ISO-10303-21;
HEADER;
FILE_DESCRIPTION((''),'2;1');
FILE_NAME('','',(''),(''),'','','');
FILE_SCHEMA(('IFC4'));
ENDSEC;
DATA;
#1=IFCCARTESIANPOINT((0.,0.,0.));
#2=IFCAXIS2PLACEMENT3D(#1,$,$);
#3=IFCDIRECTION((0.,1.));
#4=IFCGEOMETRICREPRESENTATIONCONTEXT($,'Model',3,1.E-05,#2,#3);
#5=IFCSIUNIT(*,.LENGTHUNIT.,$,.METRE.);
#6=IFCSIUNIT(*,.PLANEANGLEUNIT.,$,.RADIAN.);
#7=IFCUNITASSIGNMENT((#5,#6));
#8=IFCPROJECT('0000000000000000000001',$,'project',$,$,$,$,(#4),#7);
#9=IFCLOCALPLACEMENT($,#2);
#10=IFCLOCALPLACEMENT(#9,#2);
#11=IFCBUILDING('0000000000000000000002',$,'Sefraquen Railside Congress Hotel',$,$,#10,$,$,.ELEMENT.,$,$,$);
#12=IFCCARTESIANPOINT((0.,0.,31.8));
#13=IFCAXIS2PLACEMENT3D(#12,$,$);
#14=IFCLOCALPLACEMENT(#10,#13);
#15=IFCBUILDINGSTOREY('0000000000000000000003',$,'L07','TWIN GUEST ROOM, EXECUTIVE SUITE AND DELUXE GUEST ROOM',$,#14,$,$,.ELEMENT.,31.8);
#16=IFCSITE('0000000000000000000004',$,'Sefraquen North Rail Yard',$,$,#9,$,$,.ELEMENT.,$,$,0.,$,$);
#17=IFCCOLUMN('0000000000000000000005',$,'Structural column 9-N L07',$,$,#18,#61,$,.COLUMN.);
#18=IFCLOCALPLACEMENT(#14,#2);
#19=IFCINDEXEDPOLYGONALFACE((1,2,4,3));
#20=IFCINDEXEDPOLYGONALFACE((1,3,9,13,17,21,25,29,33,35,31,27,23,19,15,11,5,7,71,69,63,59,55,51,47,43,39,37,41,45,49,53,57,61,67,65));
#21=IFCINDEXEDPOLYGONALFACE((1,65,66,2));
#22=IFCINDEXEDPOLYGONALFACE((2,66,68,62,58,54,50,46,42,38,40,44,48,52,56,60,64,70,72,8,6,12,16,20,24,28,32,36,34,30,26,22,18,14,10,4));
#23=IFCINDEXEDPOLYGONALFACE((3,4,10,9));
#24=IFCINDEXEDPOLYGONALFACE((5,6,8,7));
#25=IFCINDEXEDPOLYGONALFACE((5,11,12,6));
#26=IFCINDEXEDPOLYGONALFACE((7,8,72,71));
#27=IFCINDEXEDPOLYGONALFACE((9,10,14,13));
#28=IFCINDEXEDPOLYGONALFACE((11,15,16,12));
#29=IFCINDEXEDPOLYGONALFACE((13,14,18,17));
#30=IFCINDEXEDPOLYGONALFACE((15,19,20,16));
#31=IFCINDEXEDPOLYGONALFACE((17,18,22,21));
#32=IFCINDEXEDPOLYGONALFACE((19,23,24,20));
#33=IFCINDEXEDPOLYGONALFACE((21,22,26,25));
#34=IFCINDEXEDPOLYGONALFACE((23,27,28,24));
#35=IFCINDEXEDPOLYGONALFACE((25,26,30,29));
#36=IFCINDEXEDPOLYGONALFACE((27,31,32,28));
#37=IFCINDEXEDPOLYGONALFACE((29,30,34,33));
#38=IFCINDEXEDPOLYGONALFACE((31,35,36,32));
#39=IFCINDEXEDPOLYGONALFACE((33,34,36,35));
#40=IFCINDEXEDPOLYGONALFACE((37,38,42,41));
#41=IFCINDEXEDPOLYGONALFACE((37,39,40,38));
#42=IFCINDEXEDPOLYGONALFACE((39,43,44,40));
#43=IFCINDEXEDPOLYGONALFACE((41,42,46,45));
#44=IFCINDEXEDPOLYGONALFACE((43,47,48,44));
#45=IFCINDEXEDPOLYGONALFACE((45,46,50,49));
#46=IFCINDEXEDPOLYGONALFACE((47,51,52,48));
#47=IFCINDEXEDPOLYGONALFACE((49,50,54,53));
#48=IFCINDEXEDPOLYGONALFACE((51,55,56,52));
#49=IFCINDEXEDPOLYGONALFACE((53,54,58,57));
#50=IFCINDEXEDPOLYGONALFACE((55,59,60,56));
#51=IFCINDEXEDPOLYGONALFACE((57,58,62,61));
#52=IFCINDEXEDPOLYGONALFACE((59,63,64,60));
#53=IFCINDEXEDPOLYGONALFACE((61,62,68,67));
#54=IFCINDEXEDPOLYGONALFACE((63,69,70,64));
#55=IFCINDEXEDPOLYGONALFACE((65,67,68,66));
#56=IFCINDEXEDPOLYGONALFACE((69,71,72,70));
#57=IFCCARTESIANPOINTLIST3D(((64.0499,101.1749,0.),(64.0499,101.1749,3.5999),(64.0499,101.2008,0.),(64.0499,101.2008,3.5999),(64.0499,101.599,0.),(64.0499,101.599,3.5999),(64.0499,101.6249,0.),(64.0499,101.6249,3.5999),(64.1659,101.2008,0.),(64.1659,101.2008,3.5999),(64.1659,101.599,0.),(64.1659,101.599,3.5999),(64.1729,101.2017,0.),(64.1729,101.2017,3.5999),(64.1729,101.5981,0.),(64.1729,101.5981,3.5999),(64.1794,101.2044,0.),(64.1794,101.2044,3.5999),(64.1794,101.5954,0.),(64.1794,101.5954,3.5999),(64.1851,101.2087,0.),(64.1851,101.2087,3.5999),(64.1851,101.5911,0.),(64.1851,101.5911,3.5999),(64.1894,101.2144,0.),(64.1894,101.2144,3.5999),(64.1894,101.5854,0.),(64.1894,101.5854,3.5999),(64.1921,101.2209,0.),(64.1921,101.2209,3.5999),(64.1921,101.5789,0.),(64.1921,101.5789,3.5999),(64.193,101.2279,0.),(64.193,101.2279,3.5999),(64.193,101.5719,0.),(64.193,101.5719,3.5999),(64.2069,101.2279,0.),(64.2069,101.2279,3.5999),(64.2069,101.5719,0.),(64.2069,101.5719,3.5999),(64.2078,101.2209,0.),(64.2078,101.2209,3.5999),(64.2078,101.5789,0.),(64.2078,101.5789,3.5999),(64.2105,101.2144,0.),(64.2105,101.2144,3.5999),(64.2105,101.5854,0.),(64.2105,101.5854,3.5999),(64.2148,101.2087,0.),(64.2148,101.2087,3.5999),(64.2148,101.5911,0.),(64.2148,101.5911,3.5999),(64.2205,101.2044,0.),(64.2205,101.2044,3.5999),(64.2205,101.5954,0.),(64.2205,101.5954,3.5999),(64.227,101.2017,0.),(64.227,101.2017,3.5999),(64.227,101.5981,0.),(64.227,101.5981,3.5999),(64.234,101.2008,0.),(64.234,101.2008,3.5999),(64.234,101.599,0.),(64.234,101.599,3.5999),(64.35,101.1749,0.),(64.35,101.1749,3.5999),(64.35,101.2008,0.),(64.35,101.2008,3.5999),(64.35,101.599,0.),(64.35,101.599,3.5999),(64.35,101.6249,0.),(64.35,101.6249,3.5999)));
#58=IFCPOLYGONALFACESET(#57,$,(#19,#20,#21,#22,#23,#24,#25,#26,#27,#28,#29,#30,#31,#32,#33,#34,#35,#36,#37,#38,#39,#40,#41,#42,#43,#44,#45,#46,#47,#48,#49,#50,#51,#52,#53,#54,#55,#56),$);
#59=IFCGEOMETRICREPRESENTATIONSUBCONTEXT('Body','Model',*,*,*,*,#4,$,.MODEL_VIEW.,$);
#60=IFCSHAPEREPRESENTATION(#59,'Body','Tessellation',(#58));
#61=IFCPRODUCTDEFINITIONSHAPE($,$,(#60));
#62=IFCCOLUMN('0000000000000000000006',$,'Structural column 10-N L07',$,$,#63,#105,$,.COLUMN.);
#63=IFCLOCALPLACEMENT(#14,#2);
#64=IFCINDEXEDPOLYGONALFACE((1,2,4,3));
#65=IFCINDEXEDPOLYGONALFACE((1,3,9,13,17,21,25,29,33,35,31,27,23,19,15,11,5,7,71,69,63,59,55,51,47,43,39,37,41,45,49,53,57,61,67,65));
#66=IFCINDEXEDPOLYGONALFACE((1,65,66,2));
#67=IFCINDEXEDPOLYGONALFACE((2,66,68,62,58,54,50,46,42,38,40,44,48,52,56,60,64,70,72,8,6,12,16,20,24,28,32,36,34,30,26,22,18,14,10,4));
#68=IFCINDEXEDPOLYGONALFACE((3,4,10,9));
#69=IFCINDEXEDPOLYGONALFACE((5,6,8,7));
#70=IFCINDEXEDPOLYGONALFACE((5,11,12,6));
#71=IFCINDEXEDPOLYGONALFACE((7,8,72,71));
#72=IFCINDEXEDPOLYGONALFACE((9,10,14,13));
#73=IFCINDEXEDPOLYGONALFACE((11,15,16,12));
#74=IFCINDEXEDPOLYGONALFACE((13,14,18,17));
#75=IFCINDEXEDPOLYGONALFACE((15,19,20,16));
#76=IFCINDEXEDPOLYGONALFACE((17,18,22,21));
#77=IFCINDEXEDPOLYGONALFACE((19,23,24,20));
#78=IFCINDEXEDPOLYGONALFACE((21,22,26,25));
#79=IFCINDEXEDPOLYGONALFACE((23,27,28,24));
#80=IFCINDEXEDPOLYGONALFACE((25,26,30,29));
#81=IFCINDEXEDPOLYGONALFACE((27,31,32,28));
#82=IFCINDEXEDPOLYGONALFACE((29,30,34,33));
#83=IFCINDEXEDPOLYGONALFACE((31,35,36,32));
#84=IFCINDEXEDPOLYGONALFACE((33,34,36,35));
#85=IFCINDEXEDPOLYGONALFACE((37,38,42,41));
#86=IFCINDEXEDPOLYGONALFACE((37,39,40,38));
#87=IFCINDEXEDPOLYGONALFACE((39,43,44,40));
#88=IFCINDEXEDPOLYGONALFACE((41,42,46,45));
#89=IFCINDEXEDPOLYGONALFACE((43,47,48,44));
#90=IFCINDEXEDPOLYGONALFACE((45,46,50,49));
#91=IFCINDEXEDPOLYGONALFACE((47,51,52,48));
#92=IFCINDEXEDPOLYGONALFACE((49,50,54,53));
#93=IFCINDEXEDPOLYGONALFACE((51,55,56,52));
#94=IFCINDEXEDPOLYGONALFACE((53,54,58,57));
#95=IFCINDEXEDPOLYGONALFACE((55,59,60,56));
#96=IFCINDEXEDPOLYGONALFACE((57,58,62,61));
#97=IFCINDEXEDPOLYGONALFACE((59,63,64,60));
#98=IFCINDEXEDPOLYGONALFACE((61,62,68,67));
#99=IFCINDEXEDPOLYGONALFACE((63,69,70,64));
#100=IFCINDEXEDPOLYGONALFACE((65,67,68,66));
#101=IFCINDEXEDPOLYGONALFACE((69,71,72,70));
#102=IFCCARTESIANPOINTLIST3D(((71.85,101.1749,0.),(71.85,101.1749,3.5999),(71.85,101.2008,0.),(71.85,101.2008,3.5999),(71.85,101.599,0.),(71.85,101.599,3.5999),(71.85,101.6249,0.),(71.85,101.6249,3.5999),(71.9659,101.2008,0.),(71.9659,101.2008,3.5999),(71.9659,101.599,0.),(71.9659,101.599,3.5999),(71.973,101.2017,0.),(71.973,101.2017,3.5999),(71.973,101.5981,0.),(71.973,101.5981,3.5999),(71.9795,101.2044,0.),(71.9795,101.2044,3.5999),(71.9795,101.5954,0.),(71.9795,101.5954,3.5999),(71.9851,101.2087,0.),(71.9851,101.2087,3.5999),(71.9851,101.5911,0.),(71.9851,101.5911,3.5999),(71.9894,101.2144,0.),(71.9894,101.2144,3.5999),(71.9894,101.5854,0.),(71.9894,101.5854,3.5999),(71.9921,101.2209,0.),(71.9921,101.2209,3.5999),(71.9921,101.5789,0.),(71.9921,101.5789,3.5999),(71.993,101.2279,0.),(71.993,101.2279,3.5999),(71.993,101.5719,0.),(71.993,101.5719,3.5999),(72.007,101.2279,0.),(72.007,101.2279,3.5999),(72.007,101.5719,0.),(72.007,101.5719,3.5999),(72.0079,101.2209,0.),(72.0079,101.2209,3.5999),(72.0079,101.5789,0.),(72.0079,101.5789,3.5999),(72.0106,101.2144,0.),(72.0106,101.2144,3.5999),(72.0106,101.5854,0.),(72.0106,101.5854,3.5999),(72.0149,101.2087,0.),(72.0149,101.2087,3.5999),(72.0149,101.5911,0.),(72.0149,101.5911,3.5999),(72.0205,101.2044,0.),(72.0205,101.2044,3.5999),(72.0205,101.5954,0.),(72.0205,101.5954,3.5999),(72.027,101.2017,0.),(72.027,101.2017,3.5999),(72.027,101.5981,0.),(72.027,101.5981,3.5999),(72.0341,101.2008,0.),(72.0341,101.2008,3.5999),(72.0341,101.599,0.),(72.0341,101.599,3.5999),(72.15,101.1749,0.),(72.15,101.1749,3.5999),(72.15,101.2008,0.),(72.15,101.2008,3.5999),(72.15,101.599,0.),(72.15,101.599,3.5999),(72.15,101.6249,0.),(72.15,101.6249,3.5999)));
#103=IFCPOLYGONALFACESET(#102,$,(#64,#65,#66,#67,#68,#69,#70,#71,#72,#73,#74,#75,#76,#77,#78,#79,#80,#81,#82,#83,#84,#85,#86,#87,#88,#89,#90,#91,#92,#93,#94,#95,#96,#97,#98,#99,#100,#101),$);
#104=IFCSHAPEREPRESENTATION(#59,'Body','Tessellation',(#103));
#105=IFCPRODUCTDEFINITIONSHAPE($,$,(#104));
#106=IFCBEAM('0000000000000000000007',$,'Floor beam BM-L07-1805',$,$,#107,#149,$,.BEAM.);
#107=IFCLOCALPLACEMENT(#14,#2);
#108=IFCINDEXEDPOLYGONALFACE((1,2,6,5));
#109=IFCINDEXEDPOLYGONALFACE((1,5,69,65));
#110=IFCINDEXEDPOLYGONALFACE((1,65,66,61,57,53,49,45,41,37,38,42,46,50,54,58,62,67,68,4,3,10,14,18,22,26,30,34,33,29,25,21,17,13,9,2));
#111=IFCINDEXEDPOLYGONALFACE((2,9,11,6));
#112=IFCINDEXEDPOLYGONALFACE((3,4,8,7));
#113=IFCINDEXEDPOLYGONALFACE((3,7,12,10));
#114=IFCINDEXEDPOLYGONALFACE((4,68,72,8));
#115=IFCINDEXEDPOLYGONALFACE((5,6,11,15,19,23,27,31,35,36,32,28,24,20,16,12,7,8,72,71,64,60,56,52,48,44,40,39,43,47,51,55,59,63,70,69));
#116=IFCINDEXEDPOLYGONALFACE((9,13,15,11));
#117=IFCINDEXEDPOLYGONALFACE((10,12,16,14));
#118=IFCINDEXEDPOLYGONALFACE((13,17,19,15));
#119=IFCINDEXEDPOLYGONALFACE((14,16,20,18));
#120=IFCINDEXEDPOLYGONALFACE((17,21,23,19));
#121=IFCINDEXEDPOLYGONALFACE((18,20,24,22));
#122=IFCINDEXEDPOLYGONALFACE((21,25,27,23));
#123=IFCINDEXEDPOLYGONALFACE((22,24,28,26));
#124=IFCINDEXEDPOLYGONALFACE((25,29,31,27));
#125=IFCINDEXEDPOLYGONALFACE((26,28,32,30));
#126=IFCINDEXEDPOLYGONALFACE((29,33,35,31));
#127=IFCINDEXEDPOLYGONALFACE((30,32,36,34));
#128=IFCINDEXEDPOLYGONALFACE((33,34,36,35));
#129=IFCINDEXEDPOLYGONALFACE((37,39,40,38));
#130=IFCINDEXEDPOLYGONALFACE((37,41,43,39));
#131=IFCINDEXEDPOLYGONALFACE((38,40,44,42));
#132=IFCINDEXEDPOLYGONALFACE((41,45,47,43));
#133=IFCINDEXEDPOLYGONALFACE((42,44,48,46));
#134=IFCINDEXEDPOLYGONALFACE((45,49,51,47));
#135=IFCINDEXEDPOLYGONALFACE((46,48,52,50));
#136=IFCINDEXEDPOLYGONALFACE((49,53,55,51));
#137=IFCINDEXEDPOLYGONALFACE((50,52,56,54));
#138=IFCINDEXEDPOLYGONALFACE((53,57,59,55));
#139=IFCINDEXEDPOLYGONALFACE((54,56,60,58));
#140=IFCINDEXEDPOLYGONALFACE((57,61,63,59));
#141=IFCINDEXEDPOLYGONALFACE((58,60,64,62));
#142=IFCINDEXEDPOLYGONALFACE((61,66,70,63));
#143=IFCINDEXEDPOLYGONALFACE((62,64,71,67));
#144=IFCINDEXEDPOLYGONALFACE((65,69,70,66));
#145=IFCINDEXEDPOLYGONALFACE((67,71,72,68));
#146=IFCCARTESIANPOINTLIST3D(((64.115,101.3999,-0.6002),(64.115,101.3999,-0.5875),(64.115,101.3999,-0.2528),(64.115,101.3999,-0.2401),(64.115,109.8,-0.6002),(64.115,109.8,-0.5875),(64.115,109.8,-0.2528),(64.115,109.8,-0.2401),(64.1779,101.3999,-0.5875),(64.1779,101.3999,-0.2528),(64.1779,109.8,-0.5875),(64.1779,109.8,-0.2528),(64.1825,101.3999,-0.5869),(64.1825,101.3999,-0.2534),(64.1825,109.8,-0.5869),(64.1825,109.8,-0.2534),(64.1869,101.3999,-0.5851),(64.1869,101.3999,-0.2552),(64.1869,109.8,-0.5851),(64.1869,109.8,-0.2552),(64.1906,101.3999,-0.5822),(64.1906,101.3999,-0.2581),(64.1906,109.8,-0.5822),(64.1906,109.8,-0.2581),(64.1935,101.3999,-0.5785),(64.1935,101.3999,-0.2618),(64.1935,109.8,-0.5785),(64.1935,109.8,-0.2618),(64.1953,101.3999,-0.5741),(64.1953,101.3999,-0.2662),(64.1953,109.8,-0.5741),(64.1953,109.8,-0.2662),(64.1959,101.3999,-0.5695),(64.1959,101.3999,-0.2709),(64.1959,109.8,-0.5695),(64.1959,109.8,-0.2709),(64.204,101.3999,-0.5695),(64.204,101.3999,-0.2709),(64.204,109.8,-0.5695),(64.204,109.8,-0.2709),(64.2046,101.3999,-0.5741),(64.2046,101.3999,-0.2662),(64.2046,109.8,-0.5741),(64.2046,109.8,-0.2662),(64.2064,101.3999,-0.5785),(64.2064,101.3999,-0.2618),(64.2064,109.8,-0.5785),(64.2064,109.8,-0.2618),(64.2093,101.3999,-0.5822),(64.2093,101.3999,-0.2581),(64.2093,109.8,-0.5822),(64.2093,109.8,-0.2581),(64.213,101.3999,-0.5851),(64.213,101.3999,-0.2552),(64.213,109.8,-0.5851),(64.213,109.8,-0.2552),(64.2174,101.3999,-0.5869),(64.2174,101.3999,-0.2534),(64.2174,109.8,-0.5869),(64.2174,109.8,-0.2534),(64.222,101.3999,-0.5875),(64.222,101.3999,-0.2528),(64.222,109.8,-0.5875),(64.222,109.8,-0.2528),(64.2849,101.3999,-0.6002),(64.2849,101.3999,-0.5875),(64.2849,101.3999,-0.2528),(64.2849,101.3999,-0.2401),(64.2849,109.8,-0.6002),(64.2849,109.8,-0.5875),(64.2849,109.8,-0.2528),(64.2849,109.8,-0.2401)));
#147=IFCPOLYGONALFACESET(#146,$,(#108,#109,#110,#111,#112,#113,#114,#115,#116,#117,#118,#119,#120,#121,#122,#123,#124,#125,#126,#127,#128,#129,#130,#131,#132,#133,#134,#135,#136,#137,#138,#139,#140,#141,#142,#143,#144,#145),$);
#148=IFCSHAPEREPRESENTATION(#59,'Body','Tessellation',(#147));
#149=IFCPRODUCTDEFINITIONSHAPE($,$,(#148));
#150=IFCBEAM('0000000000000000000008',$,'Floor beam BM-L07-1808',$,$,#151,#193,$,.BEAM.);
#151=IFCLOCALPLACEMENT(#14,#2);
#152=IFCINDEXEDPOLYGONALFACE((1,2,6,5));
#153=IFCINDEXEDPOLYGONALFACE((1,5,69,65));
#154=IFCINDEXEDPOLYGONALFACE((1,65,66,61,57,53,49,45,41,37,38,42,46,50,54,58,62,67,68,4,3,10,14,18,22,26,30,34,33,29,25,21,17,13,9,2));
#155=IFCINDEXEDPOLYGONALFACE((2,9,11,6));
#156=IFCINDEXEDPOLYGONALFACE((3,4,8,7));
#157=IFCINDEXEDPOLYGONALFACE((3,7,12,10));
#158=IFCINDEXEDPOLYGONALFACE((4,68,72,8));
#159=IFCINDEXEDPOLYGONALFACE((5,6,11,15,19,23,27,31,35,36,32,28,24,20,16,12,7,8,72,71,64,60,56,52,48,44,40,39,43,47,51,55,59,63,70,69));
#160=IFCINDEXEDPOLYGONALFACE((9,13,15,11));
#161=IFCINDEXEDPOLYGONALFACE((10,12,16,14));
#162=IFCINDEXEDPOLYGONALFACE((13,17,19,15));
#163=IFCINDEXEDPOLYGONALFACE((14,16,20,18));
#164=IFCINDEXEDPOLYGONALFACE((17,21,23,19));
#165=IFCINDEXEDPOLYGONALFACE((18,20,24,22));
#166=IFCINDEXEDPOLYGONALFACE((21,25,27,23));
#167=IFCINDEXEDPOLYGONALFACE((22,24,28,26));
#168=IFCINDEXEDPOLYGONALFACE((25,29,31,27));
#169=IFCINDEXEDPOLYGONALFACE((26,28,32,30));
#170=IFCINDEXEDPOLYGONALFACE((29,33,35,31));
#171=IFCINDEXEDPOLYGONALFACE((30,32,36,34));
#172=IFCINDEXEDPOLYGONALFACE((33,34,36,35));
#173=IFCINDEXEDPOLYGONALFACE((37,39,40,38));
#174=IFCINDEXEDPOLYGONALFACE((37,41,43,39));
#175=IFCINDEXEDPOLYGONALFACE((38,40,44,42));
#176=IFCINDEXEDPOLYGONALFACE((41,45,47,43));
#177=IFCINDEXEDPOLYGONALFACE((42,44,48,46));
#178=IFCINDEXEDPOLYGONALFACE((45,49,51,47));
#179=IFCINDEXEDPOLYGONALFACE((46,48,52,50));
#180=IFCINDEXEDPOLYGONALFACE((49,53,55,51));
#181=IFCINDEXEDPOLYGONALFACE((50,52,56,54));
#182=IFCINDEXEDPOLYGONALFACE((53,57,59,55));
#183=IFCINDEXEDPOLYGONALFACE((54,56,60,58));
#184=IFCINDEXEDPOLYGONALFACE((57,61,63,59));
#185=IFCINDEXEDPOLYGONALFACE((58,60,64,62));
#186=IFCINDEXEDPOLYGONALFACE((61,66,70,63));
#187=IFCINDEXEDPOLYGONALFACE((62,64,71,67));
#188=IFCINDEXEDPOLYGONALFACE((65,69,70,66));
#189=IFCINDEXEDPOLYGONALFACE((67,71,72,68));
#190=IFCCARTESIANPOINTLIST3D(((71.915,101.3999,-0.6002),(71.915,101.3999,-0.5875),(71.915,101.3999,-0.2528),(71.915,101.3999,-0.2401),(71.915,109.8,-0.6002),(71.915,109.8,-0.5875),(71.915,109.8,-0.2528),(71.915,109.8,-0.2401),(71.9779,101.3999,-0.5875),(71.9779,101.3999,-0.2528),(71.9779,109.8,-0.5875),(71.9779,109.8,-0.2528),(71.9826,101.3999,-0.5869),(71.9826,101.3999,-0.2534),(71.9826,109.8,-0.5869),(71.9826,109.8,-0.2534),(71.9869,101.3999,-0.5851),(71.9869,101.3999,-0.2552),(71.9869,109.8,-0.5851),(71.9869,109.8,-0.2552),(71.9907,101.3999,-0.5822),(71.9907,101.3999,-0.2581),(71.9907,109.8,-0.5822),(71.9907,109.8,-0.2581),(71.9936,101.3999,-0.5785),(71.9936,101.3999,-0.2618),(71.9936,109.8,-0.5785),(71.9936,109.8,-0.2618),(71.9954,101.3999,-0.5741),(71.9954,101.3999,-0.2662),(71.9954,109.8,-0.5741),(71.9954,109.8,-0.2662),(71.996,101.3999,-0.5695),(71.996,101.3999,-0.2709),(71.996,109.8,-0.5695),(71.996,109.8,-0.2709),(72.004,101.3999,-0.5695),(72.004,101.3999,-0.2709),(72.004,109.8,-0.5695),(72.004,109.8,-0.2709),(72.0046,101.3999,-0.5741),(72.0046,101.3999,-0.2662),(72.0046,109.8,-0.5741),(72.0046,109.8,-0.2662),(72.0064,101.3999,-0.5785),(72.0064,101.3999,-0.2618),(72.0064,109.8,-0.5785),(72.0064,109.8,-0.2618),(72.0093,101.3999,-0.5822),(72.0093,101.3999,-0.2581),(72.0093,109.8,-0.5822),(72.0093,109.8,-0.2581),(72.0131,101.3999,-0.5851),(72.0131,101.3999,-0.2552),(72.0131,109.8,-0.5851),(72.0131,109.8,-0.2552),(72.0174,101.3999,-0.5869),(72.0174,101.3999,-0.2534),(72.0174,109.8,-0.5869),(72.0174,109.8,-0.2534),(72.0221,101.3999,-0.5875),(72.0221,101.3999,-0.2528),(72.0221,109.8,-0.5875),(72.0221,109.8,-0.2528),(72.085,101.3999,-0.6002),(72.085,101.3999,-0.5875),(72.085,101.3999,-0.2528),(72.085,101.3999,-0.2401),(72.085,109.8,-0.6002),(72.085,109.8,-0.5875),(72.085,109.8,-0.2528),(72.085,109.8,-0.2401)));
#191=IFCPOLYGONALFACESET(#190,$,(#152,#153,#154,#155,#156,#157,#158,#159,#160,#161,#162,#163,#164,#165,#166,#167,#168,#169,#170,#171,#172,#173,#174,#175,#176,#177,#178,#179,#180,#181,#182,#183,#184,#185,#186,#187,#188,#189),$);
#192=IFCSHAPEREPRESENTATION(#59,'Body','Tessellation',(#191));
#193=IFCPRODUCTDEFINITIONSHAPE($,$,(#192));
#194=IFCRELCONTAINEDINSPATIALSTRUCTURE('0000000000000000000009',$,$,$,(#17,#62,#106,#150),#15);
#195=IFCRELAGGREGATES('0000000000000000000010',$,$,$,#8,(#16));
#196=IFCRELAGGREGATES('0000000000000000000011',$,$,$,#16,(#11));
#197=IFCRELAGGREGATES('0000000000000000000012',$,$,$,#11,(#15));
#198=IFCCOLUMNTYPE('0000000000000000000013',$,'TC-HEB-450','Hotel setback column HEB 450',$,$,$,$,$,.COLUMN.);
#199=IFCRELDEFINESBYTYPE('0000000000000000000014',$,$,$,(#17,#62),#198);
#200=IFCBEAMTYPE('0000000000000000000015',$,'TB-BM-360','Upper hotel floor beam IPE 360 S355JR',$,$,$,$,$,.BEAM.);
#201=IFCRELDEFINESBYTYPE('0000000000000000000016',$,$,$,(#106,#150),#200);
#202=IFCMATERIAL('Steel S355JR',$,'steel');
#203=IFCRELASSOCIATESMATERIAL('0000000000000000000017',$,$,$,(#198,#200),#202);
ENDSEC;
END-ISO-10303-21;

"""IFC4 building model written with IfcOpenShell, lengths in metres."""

from ifc_helpers import new_model, si_unit, direction, frame, origin, origin_2d, place, context, subcontext, project, spatial, i_section, extrude, material, material_profile, profile_set, type_object, element, save


model = new_model("IFC4")

# Units and contexts
model_context = context("Model", 3, precision=1e-05, world=origin(), true_north=direction((0.0, 1.0)))
body_context = subcontext(model_context, "Body", "Model", "MODEL_VIEW")
ifc_project = project(units=[si_unit("LENGTHUNIT", "METRE"), si_unit("PLANEANGLEUNIT", "RADIAN")], contexts=[model_context])

# Site, building, storey
site_placement = place(None, origin())
site = spatial("IfcSite", under=ifc_project, at=site_placement, Name="Sefraquen North Rail Yard", CompositionType="ELEMENT", RefElevation=0.0)
building_placement = place(site_placement, origin())
building = spatial("IfcBuilding", under=site, at=building_placement, Name="Sefraquen Railside Congress Hotel", CompositionType="ELEMENT")
storey_placement = place(building_placement, frame((0.0, 0.0, 31.8)))
storey = spatial("IfcBuildingStorey", under=building, at=storey_placement, Name="L07", Description="TWIN GUEST ROOM, EXECUTIVE SUITE AND DELUXE GUEST ROOM", CompositionType="ELEMENT", Elevation=31.8)

# Columns
ifc_material_1 = material(Name="Steel S355JR", Category="steel")
ifc_material_profile_1 = material_profile(ifc_material_1, i_section(OverallWidth=0.3, OverallDepth=0.45, WebThickness=0.0139, FlangeThickness=0.0259, FilletRadius=0.0271, at=origin_2d()), Name="HEB 450")
ifc_profile_set_1 = profile_set([ifc_material_profile_1], Name="Steel S355JR")
column_type = type_object("IfcColumnType", Name="TC-HEB-450", Description="Hotel setback column HEB 450", PredefinedType="COLUMN", material=ifc_profile_set_1)
for number, where, z_axis, x_axis, name in (
    (1, (64.2, 101.3999, 0.0), (0.0, 0.0, 1.0), (1.0, 0.0, 0.0), "Structural column 9-N L07"),
    (2, (72.0, 101.3999, 0.0), (0.0, 0.0, 1.0), (1.0, 0.0, 0.0), "Structural column 10-N L07"),
):
    element("IfcColumn", number, at=place(storey_placement, frame(where, z_axis=z_axis, x_axis=x_axis)), inside=storey, type_object=column_type, Name=name, PredefinedType="COLUMN", context=body_context, shape_type="SweptSolid", body=[
        extrude(i_section(OverallWidth=0.3, OverallDepth=0.45, WebThickness=0.0139, FlangeThickness=0.0259, FilletRadius=0.0271, at=origin_2d()), origin(), (0.0, 0.0, 1.0), 3.5999),
    ])

# Beams
ifc_material_profile_2 = material_profile(ifc_material_1, i_section(OverallWidth=0.1699, OverallDepth=0.3601, WebThickness=0.0081, FlangeThickness=0.0127, FilletRadius=0.0181, at=origin_2d()), Name="IPE 360")
ifc_profile_set_2 = profile_set([ifc_material_profile_2], Name="Steel S355JR")
beam_type_1 = type_object("IfcBeamType", Name="TB-BM-360", Description="Upper hotel floor beam IPE 360 S355JR", PredefinedType="BEAM", material=ifc_profile_set_2)
for number, where, z_axis, x_axis, name in (
    (3, (64.2, 101.3999, -0.4202), (0.0, 1.0, 0.0), (-1.0, 0.0, 0.0), "Floor beam BM-L07-1805"),
    (4, (72.0, 101.3999, -0.4202), (0.0, 1.0, 0.0), (-1.0, 0.0, 0.0), "Floor beam BM-L07-1808"),
):
    element("IfcBeam", number, at=place(storey_placement, frame(where, z_axis=z_axis, x_axis=x_axis)), inside=storey, type_object=beam_type_1, Name=name, PredefinedType="BEAM", context=body_context, shape_type="SweptSolid", body=[
        extrude(i_section(OverallWidth=0.1699, OverallDepth=0.3601, WebThickness=0.0081, FlangeThickness=0.0127, FilletRadius=0.0181, at=origin_2d()), origin(), (0.0, 0.0, 1.0), 8.4001),
    ])

save(model, "model.ifc")
